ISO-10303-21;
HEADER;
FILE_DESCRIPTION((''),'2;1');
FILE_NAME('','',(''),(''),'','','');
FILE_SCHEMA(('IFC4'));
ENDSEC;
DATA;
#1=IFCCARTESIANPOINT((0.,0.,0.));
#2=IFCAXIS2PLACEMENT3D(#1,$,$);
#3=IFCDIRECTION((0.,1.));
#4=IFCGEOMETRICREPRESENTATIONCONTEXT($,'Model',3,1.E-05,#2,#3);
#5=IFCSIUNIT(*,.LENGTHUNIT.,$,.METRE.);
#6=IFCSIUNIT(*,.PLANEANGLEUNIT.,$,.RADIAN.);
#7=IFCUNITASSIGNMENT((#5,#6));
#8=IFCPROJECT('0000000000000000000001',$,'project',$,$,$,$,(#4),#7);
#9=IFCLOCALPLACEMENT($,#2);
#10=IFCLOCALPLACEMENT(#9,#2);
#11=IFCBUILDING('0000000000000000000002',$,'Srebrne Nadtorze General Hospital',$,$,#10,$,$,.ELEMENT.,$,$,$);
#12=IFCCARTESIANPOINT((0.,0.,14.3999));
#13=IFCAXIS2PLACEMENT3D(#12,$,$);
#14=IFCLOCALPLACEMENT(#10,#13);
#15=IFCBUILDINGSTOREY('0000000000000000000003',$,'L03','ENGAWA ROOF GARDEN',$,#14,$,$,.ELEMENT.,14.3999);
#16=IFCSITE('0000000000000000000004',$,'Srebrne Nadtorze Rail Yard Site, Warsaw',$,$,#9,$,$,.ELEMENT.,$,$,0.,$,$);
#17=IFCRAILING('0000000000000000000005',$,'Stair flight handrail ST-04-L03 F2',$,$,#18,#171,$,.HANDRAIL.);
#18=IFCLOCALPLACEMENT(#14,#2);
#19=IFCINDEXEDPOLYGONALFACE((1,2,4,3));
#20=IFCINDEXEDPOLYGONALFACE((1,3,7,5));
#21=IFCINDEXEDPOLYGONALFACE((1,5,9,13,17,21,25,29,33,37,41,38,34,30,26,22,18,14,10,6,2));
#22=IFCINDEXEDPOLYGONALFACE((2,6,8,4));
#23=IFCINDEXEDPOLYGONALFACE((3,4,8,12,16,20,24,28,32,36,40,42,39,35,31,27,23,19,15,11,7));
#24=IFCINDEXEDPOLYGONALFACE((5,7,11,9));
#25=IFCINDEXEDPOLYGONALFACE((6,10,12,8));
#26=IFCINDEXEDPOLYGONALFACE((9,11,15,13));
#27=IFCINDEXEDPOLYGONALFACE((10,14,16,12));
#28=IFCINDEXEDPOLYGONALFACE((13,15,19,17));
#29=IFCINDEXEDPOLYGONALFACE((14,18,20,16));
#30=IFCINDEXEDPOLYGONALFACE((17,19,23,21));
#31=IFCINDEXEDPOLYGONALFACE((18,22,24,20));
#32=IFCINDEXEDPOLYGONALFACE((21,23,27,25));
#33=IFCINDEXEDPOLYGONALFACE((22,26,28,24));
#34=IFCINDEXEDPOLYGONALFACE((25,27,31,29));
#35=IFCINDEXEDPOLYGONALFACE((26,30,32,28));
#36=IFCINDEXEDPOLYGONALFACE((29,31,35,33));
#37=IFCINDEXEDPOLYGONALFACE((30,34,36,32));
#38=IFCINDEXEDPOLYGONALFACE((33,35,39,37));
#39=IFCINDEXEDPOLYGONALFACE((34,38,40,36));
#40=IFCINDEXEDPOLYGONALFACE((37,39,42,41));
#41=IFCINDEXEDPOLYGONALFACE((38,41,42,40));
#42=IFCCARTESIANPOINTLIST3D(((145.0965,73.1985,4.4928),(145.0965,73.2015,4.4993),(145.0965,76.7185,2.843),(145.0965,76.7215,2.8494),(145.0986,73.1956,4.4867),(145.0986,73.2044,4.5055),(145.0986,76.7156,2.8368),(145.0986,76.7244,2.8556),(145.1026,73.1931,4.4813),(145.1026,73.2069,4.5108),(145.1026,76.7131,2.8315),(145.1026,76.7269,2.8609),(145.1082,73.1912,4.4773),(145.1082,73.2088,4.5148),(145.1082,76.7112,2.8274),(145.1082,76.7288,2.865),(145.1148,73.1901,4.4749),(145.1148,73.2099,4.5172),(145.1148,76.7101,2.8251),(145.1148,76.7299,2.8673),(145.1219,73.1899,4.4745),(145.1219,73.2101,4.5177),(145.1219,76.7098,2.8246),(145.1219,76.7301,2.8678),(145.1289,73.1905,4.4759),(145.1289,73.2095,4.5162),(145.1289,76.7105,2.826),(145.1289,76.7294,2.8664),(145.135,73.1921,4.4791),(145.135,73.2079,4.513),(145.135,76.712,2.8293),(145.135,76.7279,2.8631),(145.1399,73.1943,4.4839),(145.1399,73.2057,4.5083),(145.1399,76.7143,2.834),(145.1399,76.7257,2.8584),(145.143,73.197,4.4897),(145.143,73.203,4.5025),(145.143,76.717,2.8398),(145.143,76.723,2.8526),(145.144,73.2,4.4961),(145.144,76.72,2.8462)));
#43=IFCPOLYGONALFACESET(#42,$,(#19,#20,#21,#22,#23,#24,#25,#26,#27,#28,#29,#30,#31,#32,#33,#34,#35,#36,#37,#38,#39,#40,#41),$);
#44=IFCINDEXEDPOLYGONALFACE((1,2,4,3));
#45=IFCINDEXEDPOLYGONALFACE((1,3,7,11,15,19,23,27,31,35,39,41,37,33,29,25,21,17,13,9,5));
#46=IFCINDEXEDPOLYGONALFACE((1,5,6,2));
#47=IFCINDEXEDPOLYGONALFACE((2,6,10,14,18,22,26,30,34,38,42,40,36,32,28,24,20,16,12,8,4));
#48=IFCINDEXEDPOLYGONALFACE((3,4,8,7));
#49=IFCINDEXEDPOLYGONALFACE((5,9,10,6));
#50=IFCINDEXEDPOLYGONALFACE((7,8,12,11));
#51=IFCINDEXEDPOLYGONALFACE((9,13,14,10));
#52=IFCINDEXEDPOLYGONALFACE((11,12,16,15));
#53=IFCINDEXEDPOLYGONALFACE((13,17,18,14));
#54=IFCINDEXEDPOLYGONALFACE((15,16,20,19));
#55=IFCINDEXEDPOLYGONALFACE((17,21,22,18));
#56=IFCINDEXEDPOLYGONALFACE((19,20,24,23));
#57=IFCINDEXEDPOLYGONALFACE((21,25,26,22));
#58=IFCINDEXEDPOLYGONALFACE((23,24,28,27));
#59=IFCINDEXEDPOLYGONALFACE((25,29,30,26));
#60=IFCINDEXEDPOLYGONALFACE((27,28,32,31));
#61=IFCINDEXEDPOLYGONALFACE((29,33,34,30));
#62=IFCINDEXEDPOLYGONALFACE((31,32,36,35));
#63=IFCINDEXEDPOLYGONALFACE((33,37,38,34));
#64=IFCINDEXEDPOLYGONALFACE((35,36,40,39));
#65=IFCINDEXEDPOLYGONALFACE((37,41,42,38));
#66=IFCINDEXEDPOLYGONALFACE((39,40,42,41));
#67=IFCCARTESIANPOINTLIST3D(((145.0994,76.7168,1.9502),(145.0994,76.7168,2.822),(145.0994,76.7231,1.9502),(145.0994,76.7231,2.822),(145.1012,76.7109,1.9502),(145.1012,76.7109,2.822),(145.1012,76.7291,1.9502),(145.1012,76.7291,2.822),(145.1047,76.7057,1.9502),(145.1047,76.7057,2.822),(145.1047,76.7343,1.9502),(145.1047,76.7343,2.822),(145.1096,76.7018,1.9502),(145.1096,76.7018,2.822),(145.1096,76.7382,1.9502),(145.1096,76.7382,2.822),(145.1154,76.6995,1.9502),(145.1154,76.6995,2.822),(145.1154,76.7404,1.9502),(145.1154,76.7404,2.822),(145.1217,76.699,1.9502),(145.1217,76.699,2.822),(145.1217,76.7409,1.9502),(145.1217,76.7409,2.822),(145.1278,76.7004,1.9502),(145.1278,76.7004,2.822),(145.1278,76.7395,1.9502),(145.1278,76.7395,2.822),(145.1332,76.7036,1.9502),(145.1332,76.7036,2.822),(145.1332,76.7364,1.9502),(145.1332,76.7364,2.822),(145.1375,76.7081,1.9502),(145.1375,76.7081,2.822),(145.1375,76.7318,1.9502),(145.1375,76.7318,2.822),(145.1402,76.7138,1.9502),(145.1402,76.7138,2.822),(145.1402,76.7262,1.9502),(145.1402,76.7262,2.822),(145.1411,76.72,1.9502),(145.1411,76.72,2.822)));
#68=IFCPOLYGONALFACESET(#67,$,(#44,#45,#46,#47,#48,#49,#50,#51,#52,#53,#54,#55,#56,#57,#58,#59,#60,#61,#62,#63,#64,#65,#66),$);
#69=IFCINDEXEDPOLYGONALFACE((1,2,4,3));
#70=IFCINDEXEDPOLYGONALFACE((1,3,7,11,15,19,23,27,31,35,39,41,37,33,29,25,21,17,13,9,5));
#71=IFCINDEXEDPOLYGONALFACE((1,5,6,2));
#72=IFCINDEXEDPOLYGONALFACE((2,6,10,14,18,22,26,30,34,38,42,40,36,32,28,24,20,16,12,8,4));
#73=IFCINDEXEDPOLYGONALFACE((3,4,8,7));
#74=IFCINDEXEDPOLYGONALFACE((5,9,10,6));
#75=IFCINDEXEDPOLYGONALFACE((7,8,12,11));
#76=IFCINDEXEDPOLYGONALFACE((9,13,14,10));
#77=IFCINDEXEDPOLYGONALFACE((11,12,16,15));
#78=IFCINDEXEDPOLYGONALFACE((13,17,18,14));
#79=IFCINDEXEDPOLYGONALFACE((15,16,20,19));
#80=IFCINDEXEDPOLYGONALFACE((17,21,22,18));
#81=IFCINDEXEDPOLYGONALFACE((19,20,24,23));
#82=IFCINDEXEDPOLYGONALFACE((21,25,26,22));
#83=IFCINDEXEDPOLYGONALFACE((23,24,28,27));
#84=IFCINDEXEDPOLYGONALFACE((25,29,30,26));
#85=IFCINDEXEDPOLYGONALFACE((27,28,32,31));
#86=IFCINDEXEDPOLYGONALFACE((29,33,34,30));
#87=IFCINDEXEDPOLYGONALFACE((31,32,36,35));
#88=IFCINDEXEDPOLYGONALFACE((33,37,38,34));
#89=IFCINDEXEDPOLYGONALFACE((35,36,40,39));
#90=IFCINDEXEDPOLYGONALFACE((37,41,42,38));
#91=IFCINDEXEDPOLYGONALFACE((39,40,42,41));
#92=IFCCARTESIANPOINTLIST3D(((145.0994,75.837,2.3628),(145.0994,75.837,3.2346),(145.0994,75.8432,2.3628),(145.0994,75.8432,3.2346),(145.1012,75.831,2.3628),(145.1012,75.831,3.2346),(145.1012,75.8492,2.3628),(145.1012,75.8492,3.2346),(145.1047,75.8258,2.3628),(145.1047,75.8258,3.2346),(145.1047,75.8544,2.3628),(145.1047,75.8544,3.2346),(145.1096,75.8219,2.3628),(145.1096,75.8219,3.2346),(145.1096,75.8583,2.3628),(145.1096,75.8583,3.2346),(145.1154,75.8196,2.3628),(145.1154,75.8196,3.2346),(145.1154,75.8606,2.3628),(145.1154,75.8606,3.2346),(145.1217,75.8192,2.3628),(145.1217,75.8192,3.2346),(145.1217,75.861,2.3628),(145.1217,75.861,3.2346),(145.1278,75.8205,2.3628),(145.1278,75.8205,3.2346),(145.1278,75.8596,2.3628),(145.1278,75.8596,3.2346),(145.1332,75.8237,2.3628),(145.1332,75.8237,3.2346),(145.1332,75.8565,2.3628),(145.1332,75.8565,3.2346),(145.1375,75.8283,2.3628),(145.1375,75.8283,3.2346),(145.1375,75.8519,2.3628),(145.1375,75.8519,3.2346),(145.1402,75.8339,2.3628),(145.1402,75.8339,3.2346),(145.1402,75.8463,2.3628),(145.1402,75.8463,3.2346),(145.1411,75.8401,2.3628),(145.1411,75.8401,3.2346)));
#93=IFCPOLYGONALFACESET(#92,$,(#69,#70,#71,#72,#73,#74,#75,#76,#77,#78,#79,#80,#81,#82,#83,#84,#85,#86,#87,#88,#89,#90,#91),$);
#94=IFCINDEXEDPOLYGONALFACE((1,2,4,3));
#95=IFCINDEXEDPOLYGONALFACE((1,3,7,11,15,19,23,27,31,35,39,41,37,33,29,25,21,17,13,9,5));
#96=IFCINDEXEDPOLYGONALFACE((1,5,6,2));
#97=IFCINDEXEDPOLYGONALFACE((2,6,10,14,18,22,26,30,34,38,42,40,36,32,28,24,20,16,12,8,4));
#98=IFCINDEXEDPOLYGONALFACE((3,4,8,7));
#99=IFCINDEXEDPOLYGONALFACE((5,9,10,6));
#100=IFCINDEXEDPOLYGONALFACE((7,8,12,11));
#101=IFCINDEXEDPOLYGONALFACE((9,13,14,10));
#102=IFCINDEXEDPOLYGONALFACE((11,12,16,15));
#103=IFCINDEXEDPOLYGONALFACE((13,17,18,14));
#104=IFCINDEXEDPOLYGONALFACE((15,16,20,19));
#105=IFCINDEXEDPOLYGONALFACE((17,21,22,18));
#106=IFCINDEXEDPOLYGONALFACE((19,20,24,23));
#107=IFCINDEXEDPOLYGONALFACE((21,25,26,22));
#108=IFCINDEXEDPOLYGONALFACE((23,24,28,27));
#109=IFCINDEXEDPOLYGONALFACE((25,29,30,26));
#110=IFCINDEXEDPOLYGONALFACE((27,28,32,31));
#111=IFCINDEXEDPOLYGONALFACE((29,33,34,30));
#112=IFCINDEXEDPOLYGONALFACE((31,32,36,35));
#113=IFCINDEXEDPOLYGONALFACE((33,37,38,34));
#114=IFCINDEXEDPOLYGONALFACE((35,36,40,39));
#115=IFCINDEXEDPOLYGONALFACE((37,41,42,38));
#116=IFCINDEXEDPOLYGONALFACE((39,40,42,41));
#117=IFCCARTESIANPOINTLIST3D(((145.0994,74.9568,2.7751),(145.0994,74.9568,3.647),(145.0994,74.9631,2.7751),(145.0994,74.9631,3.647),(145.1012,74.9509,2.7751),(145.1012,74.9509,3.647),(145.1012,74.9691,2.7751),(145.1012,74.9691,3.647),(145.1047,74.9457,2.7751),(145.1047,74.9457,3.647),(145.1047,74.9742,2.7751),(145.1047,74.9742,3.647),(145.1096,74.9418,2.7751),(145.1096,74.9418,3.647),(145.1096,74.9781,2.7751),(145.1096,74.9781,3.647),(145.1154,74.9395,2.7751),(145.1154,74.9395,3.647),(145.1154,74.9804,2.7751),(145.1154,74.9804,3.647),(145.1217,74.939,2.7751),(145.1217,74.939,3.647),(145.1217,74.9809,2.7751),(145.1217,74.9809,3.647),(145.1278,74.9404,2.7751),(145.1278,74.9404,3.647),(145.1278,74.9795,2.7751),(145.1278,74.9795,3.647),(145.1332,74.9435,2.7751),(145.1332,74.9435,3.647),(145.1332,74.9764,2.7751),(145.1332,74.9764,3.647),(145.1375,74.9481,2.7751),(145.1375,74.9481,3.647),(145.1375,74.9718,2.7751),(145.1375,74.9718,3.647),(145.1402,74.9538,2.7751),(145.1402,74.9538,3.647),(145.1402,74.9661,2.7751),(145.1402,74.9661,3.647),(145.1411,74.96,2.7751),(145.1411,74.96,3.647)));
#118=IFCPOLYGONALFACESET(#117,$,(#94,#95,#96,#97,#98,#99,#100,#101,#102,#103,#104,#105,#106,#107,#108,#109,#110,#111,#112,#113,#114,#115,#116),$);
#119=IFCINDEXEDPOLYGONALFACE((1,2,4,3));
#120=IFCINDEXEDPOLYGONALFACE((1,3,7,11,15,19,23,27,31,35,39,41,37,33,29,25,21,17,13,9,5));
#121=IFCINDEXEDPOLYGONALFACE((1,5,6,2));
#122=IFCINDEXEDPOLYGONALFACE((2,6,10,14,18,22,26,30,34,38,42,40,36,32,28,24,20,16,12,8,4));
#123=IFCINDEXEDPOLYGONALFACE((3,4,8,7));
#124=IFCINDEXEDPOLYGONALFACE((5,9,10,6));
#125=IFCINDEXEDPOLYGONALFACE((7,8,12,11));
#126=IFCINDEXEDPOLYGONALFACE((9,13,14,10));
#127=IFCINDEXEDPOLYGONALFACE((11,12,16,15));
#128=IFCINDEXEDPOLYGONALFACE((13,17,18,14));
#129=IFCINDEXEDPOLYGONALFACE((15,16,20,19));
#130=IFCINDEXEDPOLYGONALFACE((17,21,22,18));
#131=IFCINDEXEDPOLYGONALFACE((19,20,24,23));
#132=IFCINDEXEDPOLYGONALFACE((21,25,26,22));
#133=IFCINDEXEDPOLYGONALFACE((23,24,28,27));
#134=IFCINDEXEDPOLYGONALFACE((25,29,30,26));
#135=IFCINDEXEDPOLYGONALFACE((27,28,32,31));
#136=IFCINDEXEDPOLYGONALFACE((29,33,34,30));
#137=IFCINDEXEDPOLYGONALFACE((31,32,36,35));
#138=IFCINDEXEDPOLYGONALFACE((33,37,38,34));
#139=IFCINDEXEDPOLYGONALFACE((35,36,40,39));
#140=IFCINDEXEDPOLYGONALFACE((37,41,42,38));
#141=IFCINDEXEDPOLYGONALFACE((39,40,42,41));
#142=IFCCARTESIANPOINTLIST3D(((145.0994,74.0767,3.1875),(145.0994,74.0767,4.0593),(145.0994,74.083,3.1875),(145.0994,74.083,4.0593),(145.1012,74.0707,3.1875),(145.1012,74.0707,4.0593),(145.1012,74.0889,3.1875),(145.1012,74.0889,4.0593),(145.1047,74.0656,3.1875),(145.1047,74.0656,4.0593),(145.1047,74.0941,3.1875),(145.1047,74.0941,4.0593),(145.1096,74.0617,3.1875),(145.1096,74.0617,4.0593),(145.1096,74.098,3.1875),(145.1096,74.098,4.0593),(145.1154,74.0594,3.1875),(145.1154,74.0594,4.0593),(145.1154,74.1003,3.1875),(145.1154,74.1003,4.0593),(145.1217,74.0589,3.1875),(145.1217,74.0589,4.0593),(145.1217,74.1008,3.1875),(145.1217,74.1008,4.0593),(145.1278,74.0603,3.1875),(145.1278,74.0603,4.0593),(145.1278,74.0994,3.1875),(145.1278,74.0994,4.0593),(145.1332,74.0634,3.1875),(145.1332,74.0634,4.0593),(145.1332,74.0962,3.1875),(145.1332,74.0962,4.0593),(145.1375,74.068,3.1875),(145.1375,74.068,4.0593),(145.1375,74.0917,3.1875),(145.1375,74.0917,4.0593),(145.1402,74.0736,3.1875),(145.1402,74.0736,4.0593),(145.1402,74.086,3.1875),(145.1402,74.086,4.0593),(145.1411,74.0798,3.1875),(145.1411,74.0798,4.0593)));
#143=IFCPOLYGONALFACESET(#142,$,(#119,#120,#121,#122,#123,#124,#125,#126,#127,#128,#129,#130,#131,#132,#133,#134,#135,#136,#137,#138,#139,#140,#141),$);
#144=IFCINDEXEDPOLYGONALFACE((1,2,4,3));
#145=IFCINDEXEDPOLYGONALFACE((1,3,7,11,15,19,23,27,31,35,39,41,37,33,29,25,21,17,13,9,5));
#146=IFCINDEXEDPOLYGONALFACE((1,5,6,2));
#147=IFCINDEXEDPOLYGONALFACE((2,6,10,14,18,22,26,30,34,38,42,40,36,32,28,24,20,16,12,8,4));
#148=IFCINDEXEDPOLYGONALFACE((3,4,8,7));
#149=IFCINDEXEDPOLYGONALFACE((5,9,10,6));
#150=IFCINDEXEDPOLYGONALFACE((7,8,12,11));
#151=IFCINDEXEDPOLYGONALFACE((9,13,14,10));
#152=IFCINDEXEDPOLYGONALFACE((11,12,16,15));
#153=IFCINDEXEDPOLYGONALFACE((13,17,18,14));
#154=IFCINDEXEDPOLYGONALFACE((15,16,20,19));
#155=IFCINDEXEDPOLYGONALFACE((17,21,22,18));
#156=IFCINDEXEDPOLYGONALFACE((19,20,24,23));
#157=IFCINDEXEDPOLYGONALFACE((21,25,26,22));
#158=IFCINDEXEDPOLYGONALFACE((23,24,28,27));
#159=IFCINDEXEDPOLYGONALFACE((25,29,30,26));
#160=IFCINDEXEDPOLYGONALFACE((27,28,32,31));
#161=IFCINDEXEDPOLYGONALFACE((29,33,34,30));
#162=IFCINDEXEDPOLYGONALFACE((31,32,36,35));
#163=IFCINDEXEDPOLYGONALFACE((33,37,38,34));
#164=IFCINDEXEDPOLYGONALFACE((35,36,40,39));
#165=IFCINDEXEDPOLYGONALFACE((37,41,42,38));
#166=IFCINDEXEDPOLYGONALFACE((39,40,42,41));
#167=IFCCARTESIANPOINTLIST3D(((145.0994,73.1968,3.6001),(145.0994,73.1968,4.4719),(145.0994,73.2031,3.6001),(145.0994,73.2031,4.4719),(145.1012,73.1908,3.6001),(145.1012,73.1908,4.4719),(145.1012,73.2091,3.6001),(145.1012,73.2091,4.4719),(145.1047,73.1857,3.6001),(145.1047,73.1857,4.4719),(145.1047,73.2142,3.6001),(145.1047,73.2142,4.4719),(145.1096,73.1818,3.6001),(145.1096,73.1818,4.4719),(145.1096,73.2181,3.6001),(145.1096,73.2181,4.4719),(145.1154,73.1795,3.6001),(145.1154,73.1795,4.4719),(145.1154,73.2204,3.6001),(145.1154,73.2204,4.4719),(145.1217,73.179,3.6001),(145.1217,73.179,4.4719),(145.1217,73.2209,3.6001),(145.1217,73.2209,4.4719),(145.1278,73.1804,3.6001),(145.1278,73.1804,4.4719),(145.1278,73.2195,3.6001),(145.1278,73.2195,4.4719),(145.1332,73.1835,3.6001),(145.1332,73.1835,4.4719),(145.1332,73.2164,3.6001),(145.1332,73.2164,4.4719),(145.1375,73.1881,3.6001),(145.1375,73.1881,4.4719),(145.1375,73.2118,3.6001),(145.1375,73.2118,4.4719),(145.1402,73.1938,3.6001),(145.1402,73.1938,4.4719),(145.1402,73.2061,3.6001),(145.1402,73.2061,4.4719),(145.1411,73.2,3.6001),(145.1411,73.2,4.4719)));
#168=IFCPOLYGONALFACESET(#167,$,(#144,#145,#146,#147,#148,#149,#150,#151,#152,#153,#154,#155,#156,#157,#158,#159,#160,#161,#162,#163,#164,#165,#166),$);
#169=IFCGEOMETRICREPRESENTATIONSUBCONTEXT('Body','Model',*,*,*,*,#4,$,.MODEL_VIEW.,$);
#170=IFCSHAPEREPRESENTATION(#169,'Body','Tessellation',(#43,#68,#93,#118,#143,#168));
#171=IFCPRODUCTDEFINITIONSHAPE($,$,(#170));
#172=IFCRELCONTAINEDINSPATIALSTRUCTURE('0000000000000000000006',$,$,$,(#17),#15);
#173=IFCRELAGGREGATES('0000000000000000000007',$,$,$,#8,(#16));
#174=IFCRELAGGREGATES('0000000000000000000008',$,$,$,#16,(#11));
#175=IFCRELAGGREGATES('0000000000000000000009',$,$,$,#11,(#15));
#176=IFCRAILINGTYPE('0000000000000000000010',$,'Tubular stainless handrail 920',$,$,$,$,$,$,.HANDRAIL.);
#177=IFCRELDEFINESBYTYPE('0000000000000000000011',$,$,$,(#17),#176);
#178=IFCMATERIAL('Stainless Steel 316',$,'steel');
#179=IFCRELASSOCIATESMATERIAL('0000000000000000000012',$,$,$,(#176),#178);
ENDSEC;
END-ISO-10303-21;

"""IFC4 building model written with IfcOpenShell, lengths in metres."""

from ifc_helpers import new_model, si_unit, direction, frame, origin, origin_2d, place, context, subcontext, project, spatial, circle, extrude, material, type_object, element, save


model = new_model("IFC4")

# Units and contexts
model_context = context("Model", 3, precision=1e-05, world=origin(), true_north=direction((0.0, 1.0)))
body_context = subcontext(model_context, "Body", "Model", "MODEL_VIEW")
ifc_project = project(units=[si_unit("LENGTHUNIT", "METRE"), si_unit("PLANEANGLEUNIT", "RADIAN")], contexts=[model_context])

# Site, building, storey
site_placement = place(None, origin())
site = spatial("IfcSite", under=ifc_project, at=site_placement, Name="Srebrne Nadtorze Rail Yard Site, Warsaw", CompositionType="ELEMENT", RefElevation=0.0)
building_placement = place(site_placement, origin())
building = spatial("IfcBuilding", under=site, at=building_placement, Name="Srebrne Nadtorze General Hospital", CompositionType="ELEMENT")
storey_placement = place(building_placement, frame((0.0, 0.0, 14.3999)))
storey = spatial("IfcBuildingStorey", under=building, at=storey_placement, Name="L03", Description="ENGAWA ROOF GARDEN", CompositionType="ELEMENT", Elevation=14.3999)

# Railing
ifc_material_1 = material(Name="Stainless Steel 316", Category="steel")
railing_type = type_object("IfcRailingType", Name="Tubular stainless handrail 920", PredefinedType="HANDRAIL", material=ifc_material_1)
railing_placement = place(storey_placement, frame((145.1201, 76.72, 1.9502)))
element("IfcRailing", 1, at=railing_placement, inside=storey, type_object=railing_type, Name="Stair flight handrail ST-04-L03 F2", PredefinedType="HANDRAIL", context=body_context, shape_type="SweptSolid", body=[
    extrude(circle(Radius=0.0239, at=origin_2d()), frame((0.0, 0.0, 0.896), z_axis=(0.0, -0.905469, 0.424411), x_axis=(1.0, 0.0, 0.0)), (0.0, 0.0, 1.0), 3.8875),
    extrude(circle(Radius=0.021, at=origin_2d()), origin(), (0.0, 0.0, 1.0), 0.8718),
    extrude(circle(Radius=0.021, at=origin_2d()), frame((0.0, -0.8799, 0.4126)), (0.0, 0.0, 1.0), 0.8718),
    extrude(circle(Radius=0.021, at=origin_2d()), frame((0.0, -1.76, 0.825)), (0.0, 0.0, 1.0), 0.8718),
    extrude(circle(Radius=0.021, at=origin_2d()), frame((0.0, -2.6401, 1.2373)), (0.0, 0.0, 1.0), 0.8718),
    extrude(circle(Radius=0.021, at=origin_2d()), frame((0.0, -3.52, 1.6499)), (0.0, 0.0, 1.0), 0.8718),
])

save(model, "model.ifc")
